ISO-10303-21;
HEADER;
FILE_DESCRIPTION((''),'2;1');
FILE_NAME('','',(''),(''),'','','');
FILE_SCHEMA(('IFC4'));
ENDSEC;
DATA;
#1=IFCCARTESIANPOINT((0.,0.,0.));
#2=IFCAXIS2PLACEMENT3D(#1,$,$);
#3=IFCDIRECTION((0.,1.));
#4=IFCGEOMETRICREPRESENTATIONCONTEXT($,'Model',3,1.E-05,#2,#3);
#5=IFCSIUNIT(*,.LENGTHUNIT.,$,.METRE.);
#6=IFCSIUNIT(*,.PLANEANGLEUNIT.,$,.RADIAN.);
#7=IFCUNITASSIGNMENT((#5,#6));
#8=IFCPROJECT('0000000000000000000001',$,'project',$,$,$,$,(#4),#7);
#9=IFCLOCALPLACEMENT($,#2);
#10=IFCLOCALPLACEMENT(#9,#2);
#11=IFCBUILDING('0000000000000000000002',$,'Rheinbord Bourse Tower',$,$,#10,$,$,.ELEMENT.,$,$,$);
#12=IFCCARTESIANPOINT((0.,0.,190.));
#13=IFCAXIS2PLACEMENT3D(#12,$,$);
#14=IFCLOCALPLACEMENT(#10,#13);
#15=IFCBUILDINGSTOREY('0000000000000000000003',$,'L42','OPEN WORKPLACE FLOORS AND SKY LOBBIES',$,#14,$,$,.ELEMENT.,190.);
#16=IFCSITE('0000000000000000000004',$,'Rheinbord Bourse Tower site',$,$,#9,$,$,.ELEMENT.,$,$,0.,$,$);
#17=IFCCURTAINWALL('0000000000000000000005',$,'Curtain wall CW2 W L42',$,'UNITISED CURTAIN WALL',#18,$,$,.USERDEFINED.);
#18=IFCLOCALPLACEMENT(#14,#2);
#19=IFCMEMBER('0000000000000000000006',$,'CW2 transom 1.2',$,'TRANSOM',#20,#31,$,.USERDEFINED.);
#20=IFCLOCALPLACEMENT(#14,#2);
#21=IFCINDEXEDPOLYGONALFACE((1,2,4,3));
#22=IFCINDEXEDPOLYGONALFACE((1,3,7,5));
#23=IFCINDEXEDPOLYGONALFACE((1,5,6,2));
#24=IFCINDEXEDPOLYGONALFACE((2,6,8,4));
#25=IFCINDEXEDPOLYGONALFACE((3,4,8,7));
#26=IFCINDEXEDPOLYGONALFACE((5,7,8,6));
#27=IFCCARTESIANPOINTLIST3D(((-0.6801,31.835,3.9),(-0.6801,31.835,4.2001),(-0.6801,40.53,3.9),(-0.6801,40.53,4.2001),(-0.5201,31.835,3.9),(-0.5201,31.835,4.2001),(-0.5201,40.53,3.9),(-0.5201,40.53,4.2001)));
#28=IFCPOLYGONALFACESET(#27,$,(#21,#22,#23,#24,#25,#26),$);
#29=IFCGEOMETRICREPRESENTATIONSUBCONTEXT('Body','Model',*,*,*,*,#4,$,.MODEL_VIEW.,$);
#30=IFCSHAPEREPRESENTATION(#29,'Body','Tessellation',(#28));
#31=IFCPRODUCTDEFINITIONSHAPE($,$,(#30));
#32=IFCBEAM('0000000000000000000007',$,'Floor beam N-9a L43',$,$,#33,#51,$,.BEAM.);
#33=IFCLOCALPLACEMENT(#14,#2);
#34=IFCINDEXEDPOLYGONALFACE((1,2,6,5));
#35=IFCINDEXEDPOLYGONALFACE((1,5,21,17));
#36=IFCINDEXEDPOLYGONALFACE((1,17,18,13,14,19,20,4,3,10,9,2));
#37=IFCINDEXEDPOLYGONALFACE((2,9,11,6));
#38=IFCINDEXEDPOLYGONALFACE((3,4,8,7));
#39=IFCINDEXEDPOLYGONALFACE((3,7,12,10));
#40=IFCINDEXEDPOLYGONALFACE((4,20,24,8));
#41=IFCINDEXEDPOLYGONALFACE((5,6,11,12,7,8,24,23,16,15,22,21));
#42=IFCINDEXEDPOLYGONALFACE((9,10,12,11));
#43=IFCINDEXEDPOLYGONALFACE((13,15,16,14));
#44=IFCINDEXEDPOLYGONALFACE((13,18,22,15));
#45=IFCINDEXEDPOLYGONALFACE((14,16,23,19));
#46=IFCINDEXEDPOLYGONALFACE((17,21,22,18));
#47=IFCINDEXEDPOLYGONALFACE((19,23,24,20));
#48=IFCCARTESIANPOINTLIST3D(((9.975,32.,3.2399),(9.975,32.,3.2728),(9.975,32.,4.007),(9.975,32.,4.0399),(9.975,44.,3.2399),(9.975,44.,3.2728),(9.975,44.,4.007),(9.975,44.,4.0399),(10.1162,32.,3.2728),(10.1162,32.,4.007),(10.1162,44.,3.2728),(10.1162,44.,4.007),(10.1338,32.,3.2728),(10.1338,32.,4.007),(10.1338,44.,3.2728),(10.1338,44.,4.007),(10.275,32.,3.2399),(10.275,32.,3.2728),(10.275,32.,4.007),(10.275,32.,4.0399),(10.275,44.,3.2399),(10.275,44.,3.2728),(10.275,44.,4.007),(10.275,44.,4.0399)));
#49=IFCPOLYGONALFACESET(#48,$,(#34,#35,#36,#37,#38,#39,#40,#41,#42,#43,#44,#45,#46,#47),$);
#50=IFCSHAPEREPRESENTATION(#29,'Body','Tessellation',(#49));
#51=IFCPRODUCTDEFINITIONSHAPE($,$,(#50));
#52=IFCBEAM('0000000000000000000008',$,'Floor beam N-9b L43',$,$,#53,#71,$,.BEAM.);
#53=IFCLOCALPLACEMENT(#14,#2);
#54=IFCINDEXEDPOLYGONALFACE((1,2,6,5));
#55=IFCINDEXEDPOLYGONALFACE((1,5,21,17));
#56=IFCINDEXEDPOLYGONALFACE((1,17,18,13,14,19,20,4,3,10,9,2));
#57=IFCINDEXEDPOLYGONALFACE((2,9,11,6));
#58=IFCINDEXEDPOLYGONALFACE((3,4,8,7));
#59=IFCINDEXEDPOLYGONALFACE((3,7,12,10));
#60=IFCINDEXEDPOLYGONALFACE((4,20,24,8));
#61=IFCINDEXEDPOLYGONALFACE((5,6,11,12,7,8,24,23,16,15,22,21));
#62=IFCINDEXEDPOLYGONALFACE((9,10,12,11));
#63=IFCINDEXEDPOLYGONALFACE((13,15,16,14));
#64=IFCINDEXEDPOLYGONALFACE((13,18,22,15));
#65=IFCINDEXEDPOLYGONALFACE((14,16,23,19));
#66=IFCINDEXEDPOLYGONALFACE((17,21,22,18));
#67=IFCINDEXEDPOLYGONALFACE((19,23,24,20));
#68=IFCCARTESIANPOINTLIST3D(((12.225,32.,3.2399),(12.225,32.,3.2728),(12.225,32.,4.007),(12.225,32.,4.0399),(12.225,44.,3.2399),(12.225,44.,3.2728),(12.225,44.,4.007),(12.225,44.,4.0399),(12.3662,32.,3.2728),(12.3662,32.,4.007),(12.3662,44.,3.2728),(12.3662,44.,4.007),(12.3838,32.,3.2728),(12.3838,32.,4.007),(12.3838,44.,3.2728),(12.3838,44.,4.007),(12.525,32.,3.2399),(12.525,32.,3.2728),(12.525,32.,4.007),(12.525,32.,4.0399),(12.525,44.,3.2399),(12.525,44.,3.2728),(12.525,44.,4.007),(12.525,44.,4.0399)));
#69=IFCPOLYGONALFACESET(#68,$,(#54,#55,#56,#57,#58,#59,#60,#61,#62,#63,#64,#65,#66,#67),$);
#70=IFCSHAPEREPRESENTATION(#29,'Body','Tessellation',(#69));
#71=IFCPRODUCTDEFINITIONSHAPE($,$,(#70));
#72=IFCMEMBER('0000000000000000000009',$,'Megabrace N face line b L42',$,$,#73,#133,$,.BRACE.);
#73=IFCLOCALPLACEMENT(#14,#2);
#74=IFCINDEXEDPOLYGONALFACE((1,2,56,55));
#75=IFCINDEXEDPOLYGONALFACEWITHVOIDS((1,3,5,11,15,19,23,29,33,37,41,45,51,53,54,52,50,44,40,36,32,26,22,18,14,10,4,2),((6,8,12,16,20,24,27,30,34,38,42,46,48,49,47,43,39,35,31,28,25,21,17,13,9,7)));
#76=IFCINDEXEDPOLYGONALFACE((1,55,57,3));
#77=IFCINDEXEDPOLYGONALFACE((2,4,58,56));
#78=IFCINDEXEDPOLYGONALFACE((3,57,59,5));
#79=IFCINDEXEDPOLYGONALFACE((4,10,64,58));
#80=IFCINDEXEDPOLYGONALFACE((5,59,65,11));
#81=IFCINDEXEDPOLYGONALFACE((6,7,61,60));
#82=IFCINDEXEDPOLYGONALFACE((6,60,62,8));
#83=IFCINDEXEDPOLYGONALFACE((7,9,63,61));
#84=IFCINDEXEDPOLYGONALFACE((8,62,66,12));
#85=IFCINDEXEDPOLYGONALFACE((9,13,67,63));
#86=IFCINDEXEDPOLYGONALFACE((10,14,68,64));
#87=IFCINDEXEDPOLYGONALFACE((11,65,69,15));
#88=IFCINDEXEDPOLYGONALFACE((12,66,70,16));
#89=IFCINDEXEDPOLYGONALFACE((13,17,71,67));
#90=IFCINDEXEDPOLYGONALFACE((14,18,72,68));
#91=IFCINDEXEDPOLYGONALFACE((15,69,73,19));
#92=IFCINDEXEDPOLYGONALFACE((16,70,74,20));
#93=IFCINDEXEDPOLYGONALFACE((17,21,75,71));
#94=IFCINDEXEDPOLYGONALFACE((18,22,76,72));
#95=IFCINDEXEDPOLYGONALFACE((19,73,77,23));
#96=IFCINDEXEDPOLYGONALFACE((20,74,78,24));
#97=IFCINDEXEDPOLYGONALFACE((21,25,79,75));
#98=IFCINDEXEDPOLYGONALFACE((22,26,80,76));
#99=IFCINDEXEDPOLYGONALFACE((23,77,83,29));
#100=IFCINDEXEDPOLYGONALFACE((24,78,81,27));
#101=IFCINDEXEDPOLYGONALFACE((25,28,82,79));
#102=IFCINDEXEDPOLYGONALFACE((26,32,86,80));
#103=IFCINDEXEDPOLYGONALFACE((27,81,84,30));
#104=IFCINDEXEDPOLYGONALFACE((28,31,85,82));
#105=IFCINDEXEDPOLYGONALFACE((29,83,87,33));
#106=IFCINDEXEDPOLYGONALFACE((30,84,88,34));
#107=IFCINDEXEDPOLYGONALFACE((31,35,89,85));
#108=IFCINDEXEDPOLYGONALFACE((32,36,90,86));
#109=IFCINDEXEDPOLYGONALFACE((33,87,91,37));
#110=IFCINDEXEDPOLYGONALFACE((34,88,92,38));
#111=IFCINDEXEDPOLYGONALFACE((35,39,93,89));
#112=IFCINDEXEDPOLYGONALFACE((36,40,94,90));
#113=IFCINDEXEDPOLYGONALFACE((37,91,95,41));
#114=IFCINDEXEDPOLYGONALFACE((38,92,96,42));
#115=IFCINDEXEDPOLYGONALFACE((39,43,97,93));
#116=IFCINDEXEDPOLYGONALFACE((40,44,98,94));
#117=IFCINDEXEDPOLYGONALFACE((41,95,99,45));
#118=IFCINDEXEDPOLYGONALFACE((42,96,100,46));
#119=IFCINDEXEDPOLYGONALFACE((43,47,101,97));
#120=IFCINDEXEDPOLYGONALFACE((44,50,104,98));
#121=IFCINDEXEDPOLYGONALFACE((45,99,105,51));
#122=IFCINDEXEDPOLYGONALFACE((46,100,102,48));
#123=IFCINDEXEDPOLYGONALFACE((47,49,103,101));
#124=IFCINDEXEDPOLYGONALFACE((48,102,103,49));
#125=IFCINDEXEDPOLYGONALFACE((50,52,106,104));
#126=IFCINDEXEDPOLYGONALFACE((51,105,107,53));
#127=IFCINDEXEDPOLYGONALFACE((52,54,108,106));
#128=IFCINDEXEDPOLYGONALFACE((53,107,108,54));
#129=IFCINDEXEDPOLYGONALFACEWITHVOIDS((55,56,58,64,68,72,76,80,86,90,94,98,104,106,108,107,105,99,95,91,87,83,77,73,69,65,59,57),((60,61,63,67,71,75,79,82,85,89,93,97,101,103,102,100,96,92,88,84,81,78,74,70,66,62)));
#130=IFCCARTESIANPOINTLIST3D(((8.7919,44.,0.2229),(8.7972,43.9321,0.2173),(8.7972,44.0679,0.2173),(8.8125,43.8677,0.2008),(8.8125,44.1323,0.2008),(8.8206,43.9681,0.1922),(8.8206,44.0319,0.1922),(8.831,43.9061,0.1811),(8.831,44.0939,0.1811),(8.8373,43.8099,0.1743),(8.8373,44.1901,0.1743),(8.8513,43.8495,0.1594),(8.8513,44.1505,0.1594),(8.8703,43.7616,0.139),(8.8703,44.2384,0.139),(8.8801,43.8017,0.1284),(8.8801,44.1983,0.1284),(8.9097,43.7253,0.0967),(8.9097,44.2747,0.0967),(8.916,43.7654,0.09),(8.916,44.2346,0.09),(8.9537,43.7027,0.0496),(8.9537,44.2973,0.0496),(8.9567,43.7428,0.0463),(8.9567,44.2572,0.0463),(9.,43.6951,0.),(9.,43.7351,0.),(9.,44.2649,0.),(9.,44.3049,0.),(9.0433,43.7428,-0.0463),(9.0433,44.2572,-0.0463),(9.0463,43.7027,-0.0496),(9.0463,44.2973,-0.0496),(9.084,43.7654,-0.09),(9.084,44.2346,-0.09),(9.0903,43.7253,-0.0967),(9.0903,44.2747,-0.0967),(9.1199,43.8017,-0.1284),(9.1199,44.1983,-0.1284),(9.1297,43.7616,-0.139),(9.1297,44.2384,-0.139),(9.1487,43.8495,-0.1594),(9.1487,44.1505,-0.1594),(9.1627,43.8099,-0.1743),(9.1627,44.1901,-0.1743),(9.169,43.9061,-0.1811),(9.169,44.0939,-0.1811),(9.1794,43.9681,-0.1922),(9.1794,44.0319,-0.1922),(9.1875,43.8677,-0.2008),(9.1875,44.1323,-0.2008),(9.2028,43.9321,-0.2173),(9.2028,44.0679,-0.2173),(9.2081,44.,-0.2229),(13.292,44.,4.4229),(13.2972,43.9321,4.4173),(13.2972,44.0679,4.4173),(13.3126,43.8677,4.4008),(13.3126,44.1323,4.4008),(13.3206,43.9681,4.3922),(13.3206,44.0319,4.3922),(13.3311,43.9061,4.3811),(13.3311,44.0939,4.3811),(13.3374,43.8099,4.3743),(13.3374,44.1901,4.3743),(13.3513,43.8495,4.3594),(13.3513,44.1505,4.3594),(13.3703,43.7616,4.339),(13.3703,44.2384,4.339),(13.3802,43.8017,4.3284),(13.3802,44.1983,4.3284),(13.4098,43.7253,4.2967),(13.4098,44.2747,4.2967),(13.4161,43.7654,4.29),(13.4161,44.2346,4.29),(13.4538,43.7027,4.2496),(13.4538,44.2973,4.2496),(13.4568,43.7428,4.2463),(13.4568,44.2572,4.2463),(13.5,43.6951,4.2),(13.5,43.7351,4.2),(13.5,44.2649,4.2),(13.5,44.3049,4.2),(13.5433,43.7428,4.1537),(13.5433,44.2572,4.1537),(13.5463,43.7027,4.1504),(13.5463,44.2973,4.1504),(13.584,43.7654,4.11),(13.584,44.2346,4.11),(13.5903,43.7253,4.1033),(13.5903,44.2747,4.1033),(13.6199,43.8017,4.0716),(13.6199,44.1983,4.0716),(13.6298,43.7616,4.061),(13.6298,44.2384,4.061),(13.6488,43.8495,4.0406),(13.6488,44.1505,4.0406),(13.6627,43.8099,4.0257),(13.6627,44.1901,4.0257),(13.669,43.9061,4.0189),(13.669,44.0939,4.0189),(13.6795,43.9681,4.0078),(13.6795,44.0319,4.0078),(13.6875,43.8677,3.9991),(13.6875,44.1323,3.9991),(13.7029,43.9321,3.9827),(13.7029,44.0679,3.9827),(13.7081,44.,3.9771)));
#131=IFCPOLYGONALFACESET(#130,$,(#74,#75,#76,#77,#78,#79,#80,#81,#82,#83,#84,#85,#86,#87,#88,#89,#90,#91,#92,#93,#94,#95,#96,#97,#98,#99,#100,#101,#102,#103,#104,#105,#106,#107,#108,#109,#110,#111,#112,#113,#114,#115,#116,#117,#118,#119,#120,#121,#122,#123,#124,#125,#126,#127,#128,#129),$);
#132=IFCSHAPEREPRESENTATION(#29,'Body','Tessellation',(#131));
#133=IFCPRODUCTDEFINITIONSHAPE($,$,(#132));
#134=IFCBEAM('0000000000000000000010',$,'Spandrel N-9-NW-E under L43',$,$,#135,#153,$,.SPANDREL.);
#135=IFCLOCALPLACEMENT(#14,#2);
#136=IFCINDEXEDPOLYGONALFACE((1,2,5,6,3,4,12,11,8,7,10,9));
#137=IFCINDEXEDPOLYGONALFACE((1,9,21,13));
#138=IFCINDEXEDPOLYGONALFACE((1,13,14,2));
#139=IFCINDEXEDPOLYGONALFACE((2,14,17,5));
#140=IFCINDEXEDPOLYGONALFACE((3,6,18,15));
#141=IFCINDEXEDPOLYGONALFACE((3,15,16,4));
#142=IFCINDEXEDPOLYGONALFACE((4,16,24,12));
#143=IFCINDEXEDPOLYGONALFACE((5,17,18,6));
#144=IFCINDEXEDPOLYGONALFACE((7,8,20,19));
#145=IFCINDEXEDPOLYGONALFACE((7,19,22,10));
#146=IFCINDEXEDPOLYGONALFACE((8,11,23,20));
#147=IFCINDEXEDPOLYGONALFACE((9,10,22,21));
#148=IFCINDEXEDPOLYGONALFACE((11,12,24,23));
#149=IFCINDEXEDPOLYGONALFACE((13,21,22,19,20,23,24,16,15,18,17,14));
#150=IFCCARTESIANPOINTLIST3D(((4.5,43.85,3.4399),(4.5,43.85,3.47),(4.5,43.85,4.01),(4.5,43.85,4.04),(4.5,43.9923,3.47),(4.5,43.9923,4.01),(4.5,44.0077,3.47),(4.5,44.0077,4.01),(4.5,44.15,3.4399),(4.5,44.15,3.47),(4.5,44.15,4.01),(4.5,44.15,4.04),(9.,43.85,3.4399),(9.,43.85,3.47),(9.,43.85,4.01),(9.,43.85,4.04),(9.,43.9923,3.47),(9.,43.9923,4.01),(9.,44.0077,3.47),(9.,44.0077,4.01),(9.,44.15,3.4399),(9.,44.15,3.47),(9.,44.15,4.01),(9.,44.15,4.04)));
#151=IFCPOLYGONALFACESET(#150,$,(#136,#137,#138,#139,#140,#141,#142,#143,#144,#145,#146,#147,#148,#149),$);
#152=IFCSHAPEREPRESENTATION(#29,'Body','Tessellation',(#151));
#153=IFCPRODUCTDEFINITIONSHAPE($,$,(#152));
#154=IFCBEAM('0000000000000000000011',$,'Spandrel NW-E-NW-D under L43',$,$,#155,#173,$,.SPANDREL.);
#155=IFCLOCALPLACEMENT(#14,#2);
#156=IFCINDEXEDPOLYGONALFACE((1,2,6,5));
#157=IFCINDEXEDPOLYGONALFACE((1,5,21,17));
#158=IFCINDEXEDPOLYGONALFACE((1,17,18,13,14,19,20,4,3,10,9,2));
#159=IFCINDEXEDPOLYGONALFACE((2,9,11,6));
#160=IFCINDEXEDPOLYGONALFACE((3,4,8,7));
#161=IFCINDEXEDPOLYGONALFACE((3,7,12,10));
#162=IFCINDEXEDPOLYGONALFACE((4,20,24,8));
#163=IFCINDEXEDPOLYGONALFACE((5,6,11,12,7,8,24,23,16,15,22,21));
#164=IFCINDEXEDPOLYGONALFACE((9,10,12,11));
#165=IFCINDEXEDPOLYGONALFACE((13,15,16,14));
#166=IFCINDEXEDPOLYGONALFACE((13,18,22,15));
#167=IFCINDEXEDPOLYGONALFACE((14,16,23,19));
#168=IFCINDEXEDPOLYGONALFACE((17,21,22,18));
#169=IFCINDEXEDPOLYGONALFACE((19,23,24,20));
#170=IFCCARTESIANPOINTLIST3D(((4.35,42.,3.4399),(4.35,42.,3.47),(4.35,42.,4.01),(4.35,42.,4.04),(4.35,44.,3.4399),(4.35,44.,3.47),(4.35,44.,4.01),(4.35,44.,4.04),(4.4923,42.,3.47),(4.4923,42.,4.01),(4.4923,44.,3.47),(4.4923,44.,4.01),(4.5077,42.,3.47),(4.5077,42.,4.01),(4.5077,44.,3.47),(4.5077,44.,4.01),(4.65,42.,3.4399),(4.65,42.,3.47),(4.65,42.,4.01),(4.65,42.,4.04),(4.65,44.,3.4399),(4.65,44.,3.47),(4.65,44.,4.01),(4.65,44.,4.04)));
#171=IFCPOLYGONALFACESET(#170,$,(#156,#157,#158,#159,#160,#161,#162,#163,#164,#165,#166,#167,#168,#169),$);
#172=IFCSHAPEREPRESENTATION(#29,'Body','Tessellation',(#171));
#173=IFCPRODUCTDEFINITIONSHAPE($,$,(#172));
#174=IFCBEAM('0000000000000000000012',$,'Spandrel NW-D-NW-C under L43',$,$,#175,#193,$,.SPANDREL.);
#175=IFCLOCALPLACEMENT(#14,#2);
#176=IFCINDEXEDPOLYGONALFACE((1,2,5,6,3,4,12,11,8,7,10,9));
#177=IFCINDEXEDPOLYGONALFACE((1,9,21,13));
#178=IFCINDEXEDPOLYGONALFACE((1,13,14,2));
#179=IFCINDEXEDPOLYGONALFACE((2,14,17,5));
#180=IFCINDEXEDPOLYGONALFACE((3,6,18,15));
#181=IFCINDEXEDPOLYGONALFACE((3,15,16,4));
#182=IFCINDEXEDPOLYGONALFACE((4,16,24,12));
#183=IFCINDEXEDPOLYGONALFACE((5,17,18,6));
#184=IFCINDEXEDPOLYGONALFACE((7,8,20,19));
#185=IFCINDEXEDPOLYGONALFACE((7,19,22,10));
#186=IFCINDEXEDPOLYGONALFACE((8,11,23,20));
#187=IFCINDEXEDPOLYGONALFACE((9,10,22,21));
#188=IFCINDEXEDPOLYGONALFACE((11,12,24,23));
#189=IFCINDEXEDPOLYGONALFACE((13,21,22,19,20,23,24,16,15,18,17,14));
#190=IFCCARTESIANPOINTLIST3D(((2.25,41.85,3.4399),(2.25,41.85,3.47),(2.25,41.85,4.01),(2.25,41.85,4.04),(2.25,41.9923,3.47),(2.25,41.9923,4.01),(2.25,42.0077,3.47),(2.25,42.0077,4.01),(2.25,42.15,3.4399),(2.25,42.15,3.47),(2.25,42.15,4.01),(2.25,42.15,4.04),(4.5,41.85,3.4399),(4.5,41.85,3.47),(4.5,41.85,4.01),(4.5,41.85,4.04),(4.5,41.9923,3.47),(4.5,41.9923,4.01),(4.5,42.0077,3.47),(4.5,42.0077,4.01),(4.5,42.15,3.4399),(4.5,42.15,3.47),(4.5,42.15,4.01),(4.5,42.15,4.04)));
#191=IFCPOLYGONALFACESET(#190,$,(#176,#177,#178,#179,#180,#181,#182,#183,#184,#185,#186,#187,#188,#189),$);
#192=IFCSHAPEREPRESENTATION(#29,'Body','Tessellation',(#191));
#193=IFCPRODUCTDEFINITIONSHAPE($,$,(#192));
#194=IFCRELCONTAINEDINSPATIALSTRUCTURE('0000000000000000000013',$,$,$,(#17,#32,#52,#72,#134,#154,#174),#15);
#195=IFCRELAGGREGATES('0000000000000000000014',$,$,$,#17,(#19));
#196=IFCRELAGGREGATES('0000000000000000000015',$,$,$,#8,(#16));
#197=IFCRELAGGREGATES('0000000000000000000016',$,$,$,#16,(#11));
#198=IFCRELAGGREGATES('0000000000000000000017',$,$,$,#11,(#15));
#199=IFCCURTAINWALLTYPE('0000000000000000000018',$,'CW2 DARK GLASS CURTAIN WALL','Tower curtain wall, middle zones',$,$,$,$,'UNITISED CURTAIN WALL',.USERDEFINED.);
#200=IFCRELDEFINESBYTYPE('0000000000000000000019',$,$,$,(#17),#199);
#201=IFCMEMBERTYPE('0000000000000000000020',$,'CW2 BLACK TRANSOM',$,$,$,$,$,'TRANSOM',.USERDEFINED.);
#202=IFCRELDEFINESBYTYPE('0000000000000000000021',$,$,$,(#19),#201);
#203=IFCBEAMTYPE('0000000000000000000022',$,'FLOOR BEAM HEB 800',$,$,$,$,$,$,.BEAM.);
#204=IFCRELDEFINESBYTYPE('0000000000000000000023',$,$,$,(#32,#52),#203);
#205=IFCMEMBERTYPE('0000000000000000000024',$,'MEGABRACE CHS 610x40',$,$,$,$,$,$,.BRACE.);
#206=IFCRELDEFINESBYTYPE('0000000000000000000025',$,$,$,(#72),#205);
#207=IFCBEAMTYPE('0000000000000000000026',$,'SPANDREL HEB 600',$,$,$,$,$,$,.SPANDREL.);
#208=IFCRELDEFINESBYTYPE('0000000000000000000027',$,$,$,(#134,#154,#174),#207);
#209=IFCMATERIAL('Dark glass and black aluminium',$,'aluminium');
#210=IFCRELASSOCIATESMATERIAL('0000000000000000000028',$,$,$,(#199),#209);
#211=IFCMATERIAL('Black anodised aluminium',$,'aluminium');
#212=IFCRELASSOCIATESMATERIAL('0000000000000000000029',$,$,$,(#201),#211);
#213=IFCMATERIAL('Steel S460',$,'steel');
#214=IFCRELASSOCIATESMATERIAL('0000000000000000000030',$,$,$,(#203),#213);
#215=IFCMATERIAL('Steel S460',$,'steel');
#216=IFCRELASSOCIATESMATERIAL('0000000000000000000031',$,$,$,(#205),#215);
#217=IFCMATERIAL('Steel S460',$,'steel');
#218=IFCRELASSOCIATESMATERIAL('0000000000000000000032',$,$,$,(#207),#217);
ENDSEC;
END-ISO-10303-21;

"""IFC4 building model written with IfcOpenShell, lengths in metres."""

from ifc_helpers import new_model, si_unit, direction, frame, origin, origin_2d, place, context, subcontext, project, spatial, rectangle, hollow_circle, i_section, extrude, material, material_profile, profile_set, type_object, element, aggregate, save


model = new_model("IFC4")

# Units and contexts
model_context = context("Model", 3, precision=1e-05, world=origin(), true_north=direction((0.0, 1.0)))
body_context = subcontext(model_context, "Body", "Model", "MODEL_VIEW")
ifc_project = project(units=[si_unit("LENGTHUNIT", "METRE"), si_unit("PLANEANGLEUNIT", "RADIAN")], contexts=[model_context])

# Site, building, storey
site_placement = place(None, origin())
site = spatial("IfcSite", under=ifc_project, at=site_placement, Name="Rheinbord Bourse Tower site", CompositionType="ELEMENT", RefElevation=0.0)
building_placement = place(site_placement, origin())
building = spatial("IfcBuilding", under=site, at=building_placement, Name="Rheinbord Bourse Tower", CompositionType="ELEMENT")
storey_placement = place(building_placement, frame((0.0, 0.0, 190.0)))
storey = spatial("IfcBuildingStorey", under=building, at=storey_placement, Name="L42", Description="OPEN WORKPLACE FLOORS AND SKY LOBBIES", CompositionType="ELEMENT", Elevation=190.0)

# Shared definitions
ifc_material_1 = material(Name="Dark glass and black aluminium", Category="aluminium")
curtain_wall_type = type_object("IfcCurtainWallType", Name="CW2 DARK GLASS CURTAIN WALL", Description="Tower curtain wall, middle zones", ElementType="UNITISED CURTAIN WALL", PredefinedType="USERDEFINED", material=ifc_material_1)

# Curtain wall
curtain_wall_1_placement = place(storey_placement, origin())
curtain_wall_1 = element("IfcCurtainWall", 1, at=curtain_wall_1_placement, inside=storey, type_object=curtain_wall_type, Name="Curtain wall CW2 W L42", ObjectType="UNITISED CURTAIN WALL", PredefinedType="USERDEFINED")

# Member
ifc_material_2 = material(Name="Black anodised aluminium", Category="aluminium")
ifc_material_profile_1 = material_profile(ifc_material_2, rectangle(XDim=0.1599, YDim=0.3, at=origin_2d()), Name="CW2 TRANSOM 300x160")
ifc_profile_set_1 = profile_set([ifc_material_profile_1], Name="Black anodised aluminium")
member_type_1 = type_object("IfcMemberType", Name="CW2 BLACK TRANSOM", ElementType="TRANSOM", PredefinedType="USERDEFINED", material=ifc_profile_set_1)
member_1_placement = place(storey_placement, frame((-0.6001, 40.53, 4.05), z_axis=(0.0, -1.0, 0.0), x_axis=(1.0, 0.0, 0.0)))
member_1 = element("IfcMember", 2, at=member_1_placement, type_object=member_type_1, Name="CW2 transom 1.2", ObjectType="TRANSOM", PredefinedType="USERDEFINED", context=body_context, shape_type="SweptSolid", body=[
    extrude(rectangle(XDim=0.1599, YDim=0.3, at=origin_2d()), origin(), (0.0, 0.0, 1.0), 8.6951),
])

# Beams
ifc_material_3 = material(Name="Steel S460", Category="steel")
ifc_material_profile_2 = material_profile(ifc_material_3, i_section(OverallWidth=0.3, OverallDepth=0.8, WebThickness=0.0176, FlangeThickness=0.033, at=origin_2d()), Name="HEB 800")
ifc_profile_set_2 = profile_set([ifc_material_profile_2], Name="Steel S460")
beam_type_1 = type_object("IfcBeamType", Name="FLOOR BEAM HEB 800", PredefinedType="BEAM", material=ifc_profile_set_2)
for number, where, z_axis, x_axis, name in (
    (3, (10.125, 44.0, 3.6399), (0.0, -1.0, 0.0), (1.0, 0.0, 0.0), "Floor beam N-9a L43"),
    (4, (12.375, 44.0, 3.6399), (0.0, -1.0, 0.0), (1.0, 0.0, 0.0), "Floor beam N-9b L43"),
):
    element("IfcBeam", number, at=place(storey_placement, frame(where, z_axis=z_axis, x_axis=x_axis)), inside=storey, type_object=beam_type_1, Name=name, PredefinedType="BEAM", context=body_context, shape_type="SweptSolid", body=[
        extrude(i_section(OverallWidth=0.3, OverallDepth=0.8, WebThickness=0.0176, FlangeThickness=0.033, at=origin_2d()), origin(), (0.0, 0.0, 1.0), 12.0),
    ])

# Member
ifc_material_4 = material(Name="Steel S460", Category="steel")
ifc_material_profile_3 = material_profile(ifc_material_4, hollow_circle(Radius=0.3049, WallThickness=0.04, at=origin_2d()), Name="CHS 610x40")
ifc_profile_set_3 = profile_set([ifc_material_profile_3], Name="Steel S460")
member_type_2 = type_object("IfcMemberType", Name="MEGABRACE CHS 610x40", PredefinedType="BRACE", material=ifc_profile_set_3)
member_2_placement = place(storey_placement, frame((9.0, 44.0, 0.0), z_axis=(0.731059, 0.0, 0.682314), x_axis=(0.0, 1.0, 0.0)))
element("IfcMember", 5, at=member_2_placement, inside=storey, type_object=member_type_2, Name="Megabrace N face line b L42", PredefinedType="BRACE", context=body_context, shape_type="SweptSolid", body=[
    extrude(hollow_circle(Radius=0.3049, WallThickness=0.04, at=origin_2d()), origin(), (0.0, 0.0, 1.0), 6.1555),
])

# Beams
ifc_material_5 = material(Name="Steel S460", Category="steel")
ifc_material_profile_4 = material_profile(ifc_material_5, i_section(OverallWidth=0.3, OverallDepth=0.6001, WebThickness=0.0154, FlangeThickness=0.03, at=origin_2d()), Name="HEB 600")
ifc_profile_set_4 = profile_set([ifc_material_profile_4], Name="Steel S460")
beam_type_2 = type_object("IfcBeamType", Name="SPANDREL HEB 600", PredefinedType="SPANDREL", material=ifc_profile_set_4)
beam_1_placement = place(storey_placement, frame((9.0, 44.0, 3.74), z_axis=(-1.0, 0.0, 0.0), x_axis=(0.0, -1.0, 0.0)))
element("IfcBeam", 6, at=beam_1_placement, inside=storey, type_object=beam_type_2, Name="Spandrel N-9-NW-E under L43", PredefinedType="SPANDREL", context=body_context, shape_type="SweptSolid", body=[
    extrude(i_section(OverallWidth=0.3, OverallDepth=0.6001, WebThickness=0.0154, FlangeThickness=0.03, at=origin_2d()), origin(), (0.0, 0.0, 1.0), 4.5),
])
beam_2_placement = place(storey_placement, frame((4.5, 44.0, 3.74), z_axis=(0.0, -1.0, 0.0), x_axis=(1.0, 0.0, 0.0)))
element("IfcBeam", 7, at=beam_2_placement, inside=storey, type_object=beam_type_2, Name="Spandrel NW-E-NW-D under L43", PredefinedType="SPANDREL", context=body_context, shape_type="SweptSolid", body=[
    extrude(i_section(OverallWidth=0.3, OverallDepth=0.6001, WebThickness=0.0154, FlangeThickness=0.03, at=origin_2d()), origin(), (0.0, 0.0, 1.0), 2.0),
])
beam_3_placement = place(storey_placement, frame((4.5, 42.0, 3.74), z_axis=(-1.0, 0.0, 0.0), x_axis=(0.0, -1.0, 0.0)))
element("IfcBeam", 8, at=beam_3_placement, inside=storey, type_object=beam_type_2, Name="Spandrel NW-D-NW-C under L43", PredefinedType="SPANDREL", context=body_context, shape_type="SweptSolid", body=[
    extrude(i_section(OverallWidth=0.3, OverallDepth=0.6001, WebThickness=0.0154, FlangeThickness=0.03, at=origin_2d()), origin(), (0.0, 0.0, 1.0), 2.25),
])

aggregate(curtain_wall_1, [member_1])

save(model, "model.ifc")
